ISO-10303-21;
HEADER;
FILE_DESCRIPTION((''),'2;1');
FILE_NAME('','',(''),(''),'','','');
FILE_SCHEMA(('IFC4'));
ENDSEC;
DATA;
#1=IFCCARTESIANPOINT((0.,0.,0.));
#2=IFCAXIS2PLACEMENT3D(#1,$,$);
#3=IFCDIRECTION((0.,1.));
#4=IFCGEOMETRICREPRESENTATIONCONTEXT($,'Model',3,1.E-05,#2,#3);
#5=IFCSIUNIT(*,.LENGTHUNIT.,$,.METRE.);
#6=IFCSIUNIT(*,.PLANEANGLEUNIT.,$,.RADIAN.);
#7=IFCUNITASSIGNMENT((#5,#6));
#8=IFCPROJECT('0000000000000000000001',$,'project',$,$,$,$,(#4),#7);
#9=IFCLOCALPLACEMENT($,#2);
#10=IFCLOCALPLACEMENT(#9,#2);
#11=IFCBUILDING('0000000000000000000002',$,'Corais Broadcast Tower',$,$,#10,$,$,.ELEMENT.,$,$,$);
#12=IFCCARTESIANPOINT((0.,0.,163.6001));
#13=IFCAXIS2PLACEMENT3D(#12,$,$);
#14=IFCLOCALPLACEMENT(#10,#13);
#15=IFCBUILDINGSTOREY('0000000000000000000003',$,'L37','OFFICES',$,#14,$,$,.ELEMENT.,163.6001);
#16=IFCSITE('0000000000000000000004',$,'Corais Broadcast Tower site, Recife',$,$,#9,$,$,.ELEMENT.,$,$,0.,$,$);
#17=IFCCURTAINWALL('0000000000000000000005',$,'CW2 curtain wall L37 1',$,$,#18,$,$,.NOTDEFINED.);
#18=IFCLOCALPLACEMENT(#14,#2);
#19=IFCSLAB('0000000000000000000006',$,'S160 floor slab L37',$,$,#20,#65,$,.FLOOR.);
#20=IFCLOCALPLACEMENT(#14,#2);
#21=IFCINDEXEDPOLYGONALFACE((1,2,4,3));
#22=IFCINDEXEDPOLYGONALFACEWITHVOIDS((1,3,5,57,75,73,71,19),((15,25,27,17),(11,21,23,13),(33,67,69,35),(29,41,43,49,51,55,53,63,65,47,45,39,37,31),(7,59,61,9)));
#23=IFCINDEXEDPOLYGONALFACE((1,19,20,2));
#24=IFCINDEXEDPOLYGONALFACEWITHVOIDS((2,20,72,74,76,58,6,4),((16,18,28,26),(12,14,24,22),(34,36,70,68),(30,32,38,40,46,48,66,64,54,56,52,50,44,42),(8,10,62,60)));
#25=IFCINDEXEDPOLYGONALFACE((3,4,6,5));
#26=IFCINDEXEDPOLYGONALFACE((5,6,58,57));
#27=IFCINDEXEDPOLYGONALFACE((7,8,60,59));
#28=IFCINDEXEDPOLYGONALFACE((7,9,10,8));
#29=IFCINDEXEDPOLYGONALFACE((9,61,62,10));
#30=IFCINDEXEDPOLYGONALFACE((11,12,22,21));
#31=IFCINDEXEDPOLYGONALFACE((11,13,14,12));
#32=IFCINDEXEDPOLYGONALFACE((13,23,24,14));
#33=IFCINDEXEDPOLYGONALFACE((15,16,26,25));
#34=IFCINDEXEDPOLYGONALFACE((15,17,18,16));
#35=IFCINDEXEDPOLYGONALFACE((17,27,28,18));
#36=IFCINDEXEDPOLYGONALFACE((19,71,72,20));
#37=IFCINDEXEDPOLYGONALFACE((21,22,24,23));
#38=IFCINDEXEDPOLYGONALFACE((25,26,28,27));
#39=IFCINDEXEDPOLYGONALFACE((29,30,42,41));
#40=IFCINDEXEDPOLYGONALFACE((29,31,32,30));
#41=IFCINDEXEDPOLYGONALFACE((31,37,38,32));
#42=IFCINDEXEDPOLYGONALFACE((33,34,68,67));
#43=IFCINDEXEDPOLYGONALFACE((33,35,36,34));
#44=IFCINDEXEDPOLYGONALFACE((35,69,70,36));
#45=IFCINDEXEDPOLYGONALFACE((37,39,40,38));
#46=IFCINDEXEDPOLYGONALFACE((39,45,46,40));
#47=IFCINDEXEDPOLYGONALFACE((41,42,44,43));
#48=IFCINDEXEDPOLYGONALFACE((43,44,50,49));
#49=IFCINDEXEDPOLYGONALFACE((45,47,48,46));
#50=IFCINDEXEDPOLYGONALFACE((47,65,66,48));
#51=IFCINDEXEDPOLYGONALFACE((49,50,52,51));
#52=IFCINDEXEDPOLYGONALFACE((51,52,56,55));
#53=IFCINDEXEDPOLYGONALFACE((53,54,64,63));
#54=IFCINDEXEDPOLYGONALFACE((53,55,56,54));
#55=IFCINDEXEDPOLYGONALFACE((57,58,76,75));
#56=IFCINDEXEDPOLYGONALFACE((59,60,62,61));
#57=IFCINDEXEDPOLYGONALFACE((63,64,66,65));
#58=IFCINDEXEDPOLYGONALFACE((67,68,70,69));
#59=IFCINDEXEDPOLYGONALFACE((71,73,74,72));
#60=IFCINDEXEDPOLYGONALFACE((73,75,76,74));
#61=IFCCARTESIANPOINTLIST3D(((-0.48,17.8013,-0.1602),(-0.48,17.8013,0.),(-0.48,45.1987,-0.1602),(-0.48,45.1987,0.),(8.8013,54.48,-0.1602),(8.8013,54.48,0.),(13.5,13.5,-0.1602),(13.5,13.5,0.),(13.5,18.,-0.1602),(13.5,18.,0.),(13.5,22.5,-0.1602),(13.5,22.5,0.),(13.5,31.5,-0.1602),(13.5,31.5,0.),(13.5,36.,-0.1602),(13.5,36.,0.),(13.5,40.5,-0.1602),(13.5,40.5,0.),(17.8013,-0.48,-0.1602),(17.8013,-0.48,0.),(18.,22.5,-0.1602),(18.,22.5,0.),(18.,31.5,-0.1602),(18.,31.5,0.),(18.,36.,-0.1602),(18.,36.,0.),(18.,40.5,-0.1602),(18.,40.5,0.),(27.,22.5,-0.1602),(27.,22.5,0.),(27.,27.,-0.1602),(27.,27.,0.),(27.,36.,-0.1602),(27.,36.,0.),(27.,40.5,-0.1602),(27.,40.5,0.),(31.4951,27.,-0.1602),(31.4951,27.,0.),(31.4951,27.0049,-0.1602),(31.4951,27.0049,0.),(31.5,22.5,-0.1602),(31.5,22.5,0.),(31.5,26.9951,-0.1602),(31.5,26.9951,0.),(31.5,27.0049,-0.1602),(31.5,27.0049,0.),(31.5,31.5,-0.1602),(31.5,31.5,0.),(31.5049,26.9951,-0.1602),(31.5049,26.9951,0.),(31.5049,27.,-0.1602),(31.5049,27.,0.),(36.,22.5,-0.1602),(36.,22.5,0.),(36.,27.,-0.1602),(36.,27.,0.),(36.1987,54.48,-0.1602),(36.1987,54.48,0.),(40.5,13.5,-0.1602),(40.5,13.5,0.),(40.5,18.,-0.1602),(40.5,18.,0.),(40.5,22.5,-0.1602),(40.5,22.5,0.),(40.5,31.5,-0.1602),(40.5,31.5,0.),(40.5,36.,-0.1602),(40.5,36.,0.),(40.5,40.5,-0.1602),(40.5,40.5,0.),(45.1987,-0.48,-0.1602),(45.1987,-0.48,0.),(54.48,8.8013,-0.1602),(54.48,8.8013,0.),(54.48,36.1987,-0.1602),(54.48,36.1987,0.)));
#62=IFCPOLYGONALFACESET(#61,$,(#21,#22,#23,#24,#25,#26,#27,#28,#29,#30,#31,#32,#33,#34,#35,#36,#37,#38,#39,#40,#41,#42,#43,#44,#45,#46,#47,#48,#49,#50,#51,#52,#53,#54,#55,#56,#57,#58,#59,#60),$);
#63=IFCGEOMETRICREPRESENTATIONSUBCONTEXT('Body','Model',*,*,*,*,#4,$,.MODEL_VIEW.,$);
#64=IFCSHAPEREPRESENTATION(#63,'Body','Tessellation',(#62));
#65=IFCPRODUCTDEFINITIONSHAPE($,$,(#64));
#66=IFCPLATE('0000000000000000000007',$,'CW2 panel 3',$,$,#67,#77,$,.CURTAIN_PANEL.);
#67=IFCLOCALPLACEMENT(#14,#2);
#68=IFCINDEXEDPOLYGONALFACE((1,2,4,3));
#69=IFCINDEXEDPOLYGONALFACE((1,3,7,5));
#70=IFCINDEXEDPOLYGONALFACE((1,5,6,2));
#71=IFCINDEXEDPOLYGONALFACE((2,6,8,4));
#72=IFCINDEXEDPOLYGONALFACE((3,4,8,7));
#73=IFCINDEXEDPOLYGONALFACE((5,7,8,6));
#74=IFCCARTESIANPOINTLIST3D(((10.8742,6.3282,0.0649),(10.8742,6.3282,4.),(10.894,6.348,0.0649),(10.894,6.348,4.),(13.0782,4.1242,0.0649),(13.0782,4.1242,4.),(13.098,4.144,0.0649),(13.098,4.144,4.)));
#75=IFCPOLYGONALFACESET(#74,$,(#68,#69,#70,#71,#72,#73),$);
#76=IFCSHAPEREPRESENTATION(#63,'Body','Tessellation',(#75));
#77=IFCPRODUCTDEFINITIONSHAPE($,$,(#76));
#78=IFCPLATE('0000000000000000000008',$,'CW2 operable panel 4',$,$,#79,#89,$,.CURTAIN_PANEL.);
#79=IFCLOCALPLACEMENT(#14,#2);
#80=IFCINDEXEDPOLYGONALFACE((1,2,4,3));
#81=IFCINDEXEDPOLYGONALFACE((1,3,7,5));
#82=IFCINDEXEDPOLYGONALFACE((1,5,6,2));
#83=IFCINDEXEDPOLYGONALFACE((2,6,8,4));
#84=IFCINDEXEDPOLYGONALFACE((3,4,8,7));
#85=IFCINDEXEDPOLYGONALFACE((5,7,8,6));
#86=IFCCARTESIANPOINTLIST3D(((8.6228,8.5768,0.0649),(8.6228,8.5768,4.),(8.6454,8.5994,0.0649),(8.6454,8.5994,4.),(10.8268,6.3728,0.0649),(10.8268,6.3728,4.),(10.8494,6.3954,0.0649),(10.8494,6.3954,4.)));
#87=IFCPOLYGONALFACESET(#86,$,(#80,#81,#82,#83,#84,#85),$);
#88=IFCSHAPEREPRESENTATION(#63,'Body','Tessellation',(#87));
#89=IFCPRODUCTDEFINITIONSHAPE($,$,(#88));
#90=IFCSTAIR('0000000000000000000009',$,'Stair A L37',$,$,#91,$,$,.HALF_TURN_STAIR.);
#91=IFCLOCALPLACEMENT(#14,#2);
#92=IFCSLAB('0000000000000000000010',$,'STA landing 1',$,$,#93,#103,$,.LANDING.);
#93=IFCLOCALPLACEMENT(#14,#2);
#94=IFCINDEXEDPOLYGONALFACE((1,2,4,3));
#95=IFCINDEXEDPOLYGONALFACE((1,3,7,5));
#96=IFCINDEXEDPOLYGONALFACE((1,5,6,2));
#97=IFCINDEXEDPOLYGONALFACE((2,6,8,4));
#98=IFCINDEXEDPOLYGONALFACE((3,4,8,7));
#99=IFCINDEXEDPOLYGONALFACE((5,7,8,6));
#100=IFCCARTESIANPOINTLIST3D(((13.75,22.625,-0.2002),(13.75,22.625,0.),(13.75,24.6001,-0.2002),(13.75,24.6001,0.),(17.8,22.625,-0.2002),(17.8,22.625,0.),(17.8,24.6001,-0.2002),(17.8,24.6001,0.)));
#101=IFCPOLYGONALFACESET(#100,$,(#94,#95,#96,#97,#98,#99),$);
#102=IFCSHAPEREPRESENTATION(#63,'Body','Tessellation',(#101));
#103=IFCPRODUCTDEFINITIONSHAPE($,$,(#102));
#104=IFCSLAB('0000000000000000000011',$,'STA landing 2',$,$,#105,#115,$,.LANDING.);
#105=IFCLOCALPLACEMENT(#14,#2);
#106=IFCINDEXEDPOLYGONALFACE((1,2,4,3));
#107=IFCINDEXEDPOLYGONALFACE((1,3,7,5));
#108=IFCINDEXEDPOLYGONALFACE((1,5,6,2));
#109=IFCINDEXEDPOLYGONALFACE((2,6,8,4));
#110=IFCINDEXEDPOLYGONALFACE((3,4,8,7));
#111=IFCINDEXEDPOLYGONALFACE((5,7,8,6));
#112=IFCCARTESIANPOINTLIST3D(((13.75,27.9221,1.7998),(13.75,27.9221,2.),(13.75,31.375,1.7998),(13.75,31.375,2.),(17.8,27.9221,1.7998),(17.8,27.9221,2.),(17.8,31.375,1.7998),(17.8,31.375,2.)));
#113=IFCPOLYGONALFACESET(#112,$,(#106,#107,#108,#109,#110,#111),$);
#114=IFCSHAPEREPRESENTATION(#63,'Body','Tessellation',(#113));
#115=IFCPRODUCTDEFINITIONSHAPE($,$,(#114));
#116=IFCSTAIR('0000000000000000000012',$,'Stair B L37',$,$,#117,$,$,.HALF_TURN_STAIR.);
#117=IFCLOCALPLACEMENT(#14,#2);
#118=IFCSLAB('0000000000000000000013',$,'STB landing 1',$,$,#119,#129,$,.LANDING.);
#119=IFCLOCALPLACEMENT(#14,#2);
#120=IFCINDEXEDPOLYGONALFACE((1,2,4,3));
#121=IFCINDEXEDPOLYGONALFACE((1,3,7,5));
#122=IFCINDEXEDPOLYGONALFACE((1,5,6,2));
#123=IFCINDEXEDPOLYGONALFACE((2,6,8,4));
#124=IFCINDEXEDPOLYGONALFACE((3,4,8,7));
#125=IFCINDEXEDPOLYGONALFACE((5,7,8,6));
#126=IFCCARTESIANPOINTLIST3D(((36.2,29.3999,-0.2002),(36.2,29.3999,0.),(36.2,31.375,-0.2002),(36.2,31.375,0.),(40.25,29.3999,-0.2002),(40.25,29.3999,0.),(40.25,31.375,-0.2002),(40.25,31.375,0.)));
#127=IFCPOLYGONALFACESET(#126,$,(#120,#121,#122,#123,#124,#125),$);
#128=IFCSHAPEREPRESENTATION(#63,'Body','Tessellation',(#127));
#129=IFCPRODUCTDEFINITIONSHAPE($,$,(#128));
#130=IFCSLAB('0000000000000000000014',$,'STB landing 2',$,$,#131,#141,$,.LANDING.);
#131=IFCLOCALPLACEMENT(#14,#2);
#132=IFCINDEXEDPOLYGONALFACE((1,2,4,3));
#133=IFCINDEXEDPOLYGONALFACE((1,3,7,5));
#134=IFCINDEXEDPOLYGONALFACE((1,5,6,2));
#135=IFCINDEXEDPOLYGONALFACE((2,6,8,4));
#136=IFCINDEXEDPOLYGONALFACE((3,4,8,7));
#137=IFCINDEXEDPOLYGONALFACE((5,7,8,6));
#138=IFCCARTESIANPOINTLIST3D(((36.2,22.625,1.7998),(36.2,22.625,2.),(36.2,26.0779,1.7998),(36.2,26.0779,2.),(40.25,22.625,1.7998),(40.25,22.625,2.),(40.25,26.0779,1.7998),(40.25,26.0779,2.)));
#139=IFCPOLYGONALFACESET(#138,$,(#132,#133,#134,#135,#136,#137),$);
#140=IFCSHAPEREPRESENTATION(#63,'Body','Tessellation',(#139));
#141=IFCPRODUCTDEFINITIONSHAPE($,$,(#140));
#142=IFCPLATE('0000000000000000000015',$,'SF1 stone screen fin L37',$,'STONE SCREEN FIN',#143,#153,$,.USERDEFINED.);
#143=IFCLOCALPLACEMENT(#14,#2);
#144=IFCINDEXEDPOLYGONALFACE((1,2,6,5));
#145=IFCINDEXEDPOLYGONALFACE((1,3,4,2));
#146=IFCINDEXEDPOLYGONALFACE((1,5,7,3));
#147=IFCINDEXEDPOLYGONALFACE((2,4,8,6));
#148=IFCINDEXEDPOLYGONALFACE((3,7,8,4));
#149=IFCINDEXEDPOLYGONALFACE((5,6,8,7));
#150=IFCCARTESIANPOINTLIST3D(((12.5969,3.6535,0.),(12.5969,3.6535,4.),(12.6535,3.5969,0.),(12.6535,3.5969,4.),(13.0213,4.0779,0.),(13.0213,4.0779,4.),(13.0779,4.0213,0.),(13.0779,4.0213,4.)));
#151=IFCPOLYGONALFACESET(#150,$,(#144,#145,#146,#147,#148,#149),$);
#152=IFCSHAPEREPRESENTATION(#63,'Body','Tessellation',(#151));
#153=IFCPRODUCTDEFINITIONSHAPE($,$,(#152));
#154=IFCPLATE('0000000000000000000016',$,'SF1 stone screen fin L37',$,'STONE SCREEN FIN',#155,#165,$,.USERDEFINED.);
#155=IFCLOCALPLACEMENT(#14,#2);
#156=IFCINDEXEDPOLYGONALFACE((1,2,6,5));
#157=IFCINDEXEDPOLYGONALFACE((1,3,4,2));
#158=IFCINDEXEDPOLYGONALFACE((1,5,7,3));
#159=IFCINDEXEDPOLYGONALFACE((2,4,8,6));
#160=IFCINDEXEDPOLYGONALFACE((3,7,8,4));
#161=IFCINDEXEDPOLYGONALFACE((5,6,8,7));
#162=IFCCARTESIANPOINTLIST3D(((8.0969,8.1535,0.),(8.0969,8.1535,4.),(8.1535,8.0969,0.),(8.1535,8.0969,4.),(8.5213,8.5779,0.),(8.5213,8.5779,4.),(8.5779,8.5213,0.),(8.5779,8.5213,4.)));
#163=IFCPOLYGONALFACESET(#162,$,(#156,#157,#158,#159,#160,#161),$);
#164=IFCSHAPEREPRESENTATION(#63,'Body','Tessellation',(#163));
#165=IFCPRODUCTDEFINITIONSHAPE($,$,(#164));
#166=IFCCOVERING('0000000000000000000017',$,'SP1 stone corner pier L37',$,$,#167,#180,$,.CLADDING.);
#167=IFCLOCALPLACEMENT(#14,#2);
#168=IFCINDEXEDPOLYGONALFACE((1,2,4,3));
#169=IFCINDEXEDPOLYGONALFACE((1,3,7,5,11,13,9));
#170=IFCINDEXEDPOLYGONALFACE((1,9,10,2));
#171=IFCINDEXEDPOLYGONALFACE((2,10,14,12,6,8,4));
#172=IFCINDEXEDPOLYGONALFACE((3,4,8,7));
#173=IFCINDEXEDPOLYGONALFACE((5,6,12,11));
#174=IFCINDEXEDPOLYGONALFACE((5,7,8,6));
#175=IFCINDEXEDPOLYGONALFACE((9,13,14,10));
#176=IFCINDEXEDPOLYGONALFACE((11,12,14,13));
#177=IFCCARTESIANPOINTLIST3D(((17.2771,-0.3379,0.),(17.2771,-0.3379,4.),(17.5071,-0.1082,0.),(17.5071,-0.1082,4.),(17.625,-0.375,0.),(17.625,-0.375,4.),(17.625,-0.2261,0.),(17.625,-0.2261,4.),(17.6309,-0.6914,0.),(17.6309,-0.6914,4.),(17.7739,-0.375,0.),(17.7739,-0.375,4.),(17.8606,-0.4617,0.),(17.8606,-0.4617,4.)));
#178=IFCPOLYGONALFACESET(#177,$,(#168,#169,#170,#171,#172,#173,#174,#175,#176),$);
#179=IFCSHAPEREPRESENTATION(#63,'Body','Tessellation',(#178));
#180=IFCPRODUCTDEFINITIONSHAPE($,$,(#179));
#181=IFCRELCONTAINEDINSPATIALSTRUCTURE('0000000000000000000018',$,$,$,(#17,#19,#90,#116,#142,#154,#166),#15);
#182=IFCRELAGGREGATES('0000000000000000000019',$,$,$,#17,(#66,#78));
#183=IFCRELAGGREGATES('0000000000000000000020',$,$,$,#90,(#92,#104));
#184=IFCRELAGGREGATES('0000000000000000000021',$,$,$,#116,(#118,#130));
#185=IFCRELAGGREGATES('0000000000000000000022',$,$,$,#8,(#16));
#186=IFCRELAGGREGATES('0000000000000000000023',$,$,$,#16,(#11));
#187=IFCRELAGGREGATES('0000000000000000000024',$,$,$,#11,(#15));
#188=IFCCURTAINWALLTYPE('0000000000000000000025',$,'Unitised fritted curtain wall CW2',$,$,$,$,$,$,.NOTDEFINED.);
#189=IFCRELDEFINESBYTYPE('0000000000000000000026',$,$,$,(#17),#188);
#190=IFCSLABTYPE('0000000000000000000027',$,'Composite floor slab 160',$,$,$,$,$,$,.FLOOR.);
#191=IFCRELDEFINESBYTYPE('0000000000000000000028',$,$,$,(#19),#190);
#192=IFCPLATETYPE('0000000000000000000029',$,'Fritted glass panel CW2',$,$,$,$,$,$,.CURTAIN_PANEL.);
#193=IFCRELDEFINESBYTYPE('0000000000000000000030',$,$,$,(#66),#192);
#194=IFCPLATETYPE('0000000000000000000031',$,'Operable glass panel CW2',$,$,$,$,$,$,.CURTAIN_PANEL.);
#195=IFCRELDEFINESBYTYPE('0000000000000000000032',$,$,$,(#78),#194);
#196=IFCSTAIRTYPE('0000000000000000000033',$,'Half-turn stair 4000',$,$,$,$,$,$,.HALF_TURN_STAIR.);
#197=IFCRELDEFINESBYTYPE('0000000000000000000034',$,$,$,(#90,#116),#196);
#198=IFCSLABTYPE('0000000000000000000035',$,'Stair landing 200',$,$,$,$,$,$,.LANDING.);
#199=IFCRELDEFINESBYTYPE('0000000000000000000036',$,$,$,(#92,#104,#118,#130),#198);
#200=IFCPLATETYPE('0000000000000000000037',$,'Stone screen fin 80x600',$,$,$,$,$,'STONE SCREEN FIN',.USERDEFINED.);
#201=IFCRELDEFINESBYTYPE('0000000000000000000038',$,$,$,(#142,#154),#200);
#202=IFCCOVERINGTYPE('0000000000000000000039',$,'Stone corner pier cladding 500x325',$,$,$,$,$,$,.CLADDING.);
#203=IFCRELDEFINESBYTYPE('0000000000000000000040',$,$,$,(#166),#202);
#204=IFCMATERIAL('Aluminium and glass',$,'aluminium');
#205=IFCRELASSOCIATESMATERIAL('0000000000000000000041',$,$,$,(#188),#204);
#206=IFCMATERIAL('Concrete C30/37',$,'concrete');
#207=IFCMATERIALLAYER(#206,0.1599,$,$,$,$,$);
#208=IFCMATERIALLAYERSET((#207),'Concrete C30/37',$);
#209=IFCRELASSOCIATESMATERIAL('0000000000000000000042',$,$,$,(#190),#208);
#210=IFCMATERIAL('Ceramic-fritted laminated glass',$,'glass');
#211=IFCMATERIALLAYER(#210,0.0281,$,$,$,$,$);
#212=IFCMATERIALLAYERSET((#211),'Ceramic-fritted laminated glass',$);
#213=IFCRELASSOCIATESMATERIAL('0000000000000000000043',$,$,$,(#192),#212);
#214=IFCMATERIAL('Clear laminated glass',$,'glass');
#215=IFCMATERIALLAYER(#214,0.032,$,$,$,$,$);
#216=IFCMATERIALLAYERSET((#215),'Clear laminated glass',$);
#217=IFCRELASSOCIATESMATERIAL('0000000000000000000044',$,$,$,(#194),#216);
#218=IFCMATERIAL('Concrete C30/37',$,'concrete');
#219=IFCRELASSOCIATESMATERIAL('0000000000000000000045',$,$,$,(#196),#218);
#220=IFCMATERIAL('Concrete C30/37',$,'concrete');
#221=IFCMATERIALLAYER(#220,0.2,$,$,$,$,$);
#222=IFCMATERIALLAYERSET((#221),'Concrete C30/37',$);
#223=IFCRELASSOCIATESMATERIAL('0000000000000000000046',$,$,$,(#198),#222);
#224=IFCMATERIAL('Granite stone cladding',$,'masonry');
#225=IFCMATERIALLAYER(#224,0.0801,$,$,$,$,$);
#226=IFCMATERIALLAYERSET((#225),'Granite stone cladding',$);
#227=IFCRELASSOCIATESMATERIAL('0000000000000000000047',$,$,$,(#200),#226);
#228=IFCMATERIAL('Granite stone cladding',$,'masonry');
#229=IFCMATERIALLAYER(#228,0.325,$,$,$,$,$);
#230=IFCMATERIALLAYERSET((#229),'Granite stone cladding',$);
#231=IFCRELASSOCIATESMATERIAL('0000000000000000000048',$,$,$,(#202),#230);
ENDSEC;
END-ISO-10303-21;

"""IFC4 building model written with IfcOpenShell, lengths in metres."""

from ifc_helpers import new_model, si_unit, direction, frame, origin, origin_2d, place, context, subcontext, project, spatial, polyline, rectangle, outline, extrude, material, layer, layer_set, type_object, element, aggregate, save


model = new_model("IFC4")

# Units and contexts
model_context = context("Model", 3, precision=1e-05, world=origin(), true_north=direction((0.0, 1.0)))
body_context = subcontext(model_context, "Body", "Model", "MODEL_VIEW")
ifc_project = project(units=[si_unit("LENGTHUNIT", "METRE"), si_unit("PLANEANGLEUNIT", "RADIAN")], contexts=[model_context])

# Site, building, storey
site_placement = place(None, origin())
site = spatial("IfcSite", under=ifc_project, at=site_placement, Name="Corais Broadcast Tower site, Recife", CompositionType="ELEMENT", RefElevation=0.0)
building_placement = place(site_placement, origin())
building = spatial("IfcBuilding", under=site, at=building_placement, Name="Corais Broadcast Tower", CompositionType="ELEMENT")
storey_placement = place(building_placement, frame((0.0, 0.0, 163.6001)))
storey = spatial("IfcBuildingStorey", under=building, at=storey_placement, Name="L37", Description="OFFICES", CompositionType="ELEMENT", Elevation=163.6001)

# Curtain wall
ifc_material_1 = material(Name="Aluminium and glass", Category="aluminium")
curtain_wall_type = type_object("IfcCurtainWallType", Name="Unitised fritted curtain wall CW2", PredefinedType="NOTDEFINED", material=ifc_material_1)
curtain_wall_placement = place(storey_placement, origin())
curtain_wall = element("IfcCurtainWall", 1, at=curtain_wall_placement, inside=storey, type_object=curtain_wall_type, Name="CW2 curtain wall L37 1", PredefinedType="NOTDEFINED")

# Slab
ifc_material_2 = material(Name="Concrete C30/37", Category="concrete")
ifc_layer_1 = layer(ifc_material_2, 0.1599)
ifc_layer_set_1 = layer_set([ifc_layer_1], Name="Concrete C30/37")
slab_type_1 = type_object("IfcSlabType", Name="Composite floor slab 160", PredefinedType="FLOOR", material=ifc_layer_set_1)
slab_1_placement = place(storey_placement, frame((0.0, 0.0, -0.1602)))
element("IfcSlab", 2, at=slab_1_placement, inside=storey, type_object=slab_type_1, Name="S160 floor slab L37", PredefinedType="FLOOR", context=body_context, shape_type="SweptSolid", body=[
    extrude(outline(polyline([(17.8013, -0.48), (-0.48, 17.8013), (-0.48, 45.1987), (8.8013, 54.48), (36.1987, 54.48), (54.48, 36.1987), (54.48, 8.8013), (45.1987, -0.48), (17.8013, -0.48)]), holes=[polyline([(13.5, 18.0), (40.5, 18.0), (40.5, 13.5), (13.5, 13.5), (13.5, 18.0)]), polyline([(18.0, 22.5), (13.5, 22.5), (13.5, 31.5), (18.0, 31.5), (18.0, 22.5)]), polyline([(18.0, 36.0), (13.5, 36.0), (13.5, 40.5), (18.0, 40.5), (18.0, 36.0)]), polyline([(31.5, 22.5), (27.0, 22.5), (27.0, 27.0), (31.4951, 27.0), (31.4951, 27.0049), (31.5, 27.0049), (31.5, 31.5), (40.5, 31.5), (40.5, 22.5), (36.0, 22.5), (36.0, 27.0), (31.5049, 27.0), (31.5049, 26.9951), (31.5, 26.9951), (31.5, 22.5)]), polyline([(27.0, 40.5), (40.5, 40.5), (40.5, 36.0), (27.0, 36.0), (27.0, 40.5)])]), origin(), (0.0, 0.0, 1.0), 0.1602),
])

# Plates
ifc_material_3 = material(Name="Ceramic-fritted laminated glass", Category="glass")
ifc_layer_2 = layer(ifc_material_3, 0.0281)
ifc_layer_set_2 = layer_set([ifc_layer_2], Name="Ceramic-fritted laminated glass")
plate_type_1 = type_object("IfcPlateType", Name="Fritted glass panel CW2", PredefinedType="CURTAIN_PANEL", material=ifc_layer_set_2)
plate_1_placement = place(storey_placement, frame((11.9861, 5.2361, 0.0649), z_axis=(0.0, 0.0, 1.0), x_axis=(-0.707107, 0.707107, 0.0)))
plate_1 = element("IfcPlate", 3, at=plate_1_placement, type_object=plate_type_1, Name="CW2 panel 3", PredefinedType="CURTAIN_PANEL", context=body_context, shape_type="SweptSolid", body=[
    extrude(rectangle(XDim=3.1169, YDim=0.0281, at=origin_2d()), origin(), (0.0, 0.0, 1.0), 3.9351),
])
ifc_material_4 = material(Name="Clear laminated glass", Category="glass")
ifc_layer_3 = layer(ifc_material_4, 0.032)
ifc_layer_set_3 = layer_set([ifc_layer_3], Name="Clear laminated glass")
plate_type_2 = type_object("IfcPlateType", Name="Operable glass panel CW2", PredefinedType="CURTAIN_PANEL", material=ifc_layer_set_3)
plate_2_placement = place(storey_placement, frame((9.7361, 7.4861, 0.0649), z_axis=(0.0, 0.0, 1.0), x_axis=(-0.707107, 0.707107, 0.0)))
plate_2 = element("IfcPlate", 4, at=plate_2_placement, type_object=plate_type_2, Name="CW2 operable panel 4", PredefinedType="CURTAIN_PANEL", context=body_context, shape_type="SweptSolid", body=[
    extrude(rectangle(XDim=3.1169, YDim=0.032, at=origin_2d()), origin(), (0.0, 0.0, 1.0), 3.9351),
])
aggregate(curtain_wall, [plate_1, plate_2])

# Stairs, slabs
ifc_material_5 = material(Name="Concrete C30/37", Category="concrete")
stair_type = type_object("IfcStairType", Name="Half-turn stair 4000", PredefinedType="HALF_TURN_STAIR", material=ifc_material_5)
stair_1_placement = place(storey_placement, origin())
stair_1 = element("IfcStair", 5, at=stair_1_placement, inside=storey, type_object=stair_type, Name="Stair A L37", PredefinedType="HALF_TURN_STAIR")
ifc_material_6 = material(Name="Concrete C30/37", Category="concrete")
ifc_layer_4 = layer(ifc_material_6, 0.2)
ifc_layer_set_4 = layer_set([ifc_layer_4], Name="Concrete C30/37")
slab_type_2 = type_object("IfcSlabType", Name="Stair landing 200", PredefinedType="LANDING", material=ifc_layer_set_4)
slab_2_placement = place(storey_placement, frame((0.0, 0.0, -0.2002)))
slab_2 = element("IfcSlab", 6, at=slab_2_placement, type_object=slab_type_2, Name="STA landing 1", PredefinedType="LANDING", context=body_context, shape_type="SweptSolid", body=[
    extrude(outline(polyline([(13.75, 22.625), (17.8, 22.625), (17.8, 24.6001), (13.75, 24.6001), (13.75, 22.625)])), origin(), (0.0, 0.0, 1.0), 0.2002),
])
slab_3_placement = place(storey_placement, frame((0.0, 0.0, 1.7998)))
slab_3 = element("IfcSlab", 7, at=slab_3_placement, type_object=slab_type_2, Name="STA landing 2", PredefinedType="LANDING", context=body_context, shape_type="SweptSolid", body=[
    extrude(outline(polyline([(13.75, 27.9221), (17.8, 27.9221), (17.8, 31.375), (13.75, 31.375), (13.75, 27.9221)])), origin(), (0.0, 0.0, 1.0), 0.2002),
])
aggregate(stair_1, [slab_2, slab_3])
stair_2_placement = place(storey_placement, origin())
stair_2 = element("IfcStair", 8, at=stair_2_placement, inside=storey, type_object=stair_type, Name="Stair B L37", PredefinedType="HALF_TURN_STAIR")
slab_4_placement = place(storey_placement, frame((0.0, 0.0, -0.2002)))
slab_4 = element("IfcSlab", 9, at=slab_4_placement, type_object=slab_type_2, Name="STB landing 1", PredefinedType="LANDING", context=body_context, shape_type="SweptSolid", body=[
    extrude(outline(polyline([(36.2, 29.3999), (40.25, 29.3999), (40.25, 31.375), (36.2, 31.375), (36.2, 29.3999)])), origin(), (0.0, 0.0, 1.0), 0.2002),
])
slab_5_placement = place(storey_placement, frame((0.0, 0.0, 1.7998)))
slab_5 = element("IfcSlab", 10, at=slab_5_placement, type_object=slab_type_2, Name="STB landing 2", PredefinedType="LANDING", context=body_context, shape_type="SweptSolid", body=[
    extrude(outline(polyline([(36.2, 22.625), (40.25, 22.625), (40.25, 26.0779), (36.2, 26.0779), (36.2, 22.625)])), origin(), (0.0, 0.0, 1.0), 0.2002),
])
aggregate(stair_2, [slab_4, slab_5])

# Plates
ifc_material_7 = material(Name="Granite stone cladding", Category="masonry")
ifc_layer_5 = layer(ifc_material_7, 0.0801)
ifc_layer_set_5 = layer_set([ifc_layer_5], Name="Granite stone cladding")
plate_type_3 = type_object("IfcPlateType", Name="Stone screen fin 80x600", ElementType="STONE SCREEN FIN", PredefinedType="USERDEFINED", material=ifc_layer_set_5)
for number, where, z_axis, x_axis, name in (
    (11, (12.8374, 3.8374, 0.0), (0.0, 0.0, 1.0), (-0.707107, 0.707107, 0.0), "SF1 stone screen fin L37"),
    (12, (8.3374, 8.3374, 0.0), (0.0, 0.0, 1.0), (-0.707107, 0.707107, 0.0), "SF1 stone screen fin L37"),
):
    element("IfcPlate", number, at=place(storey_placement, frame(where, z_axis=z_axis, x_axis=x_axis)), inside=storey, type_object=plate_type_3, Name=name, ObjectType="STONE SCREEN FIN", PredefinedType="USERDEFINED", context=body_context, shape_type="SweptSolid", body=[
        extrude(rectangle(XDim=0.0801, YDim=0.6001, at=origin_2d()), origin(), (0.0, 0.0, 1.0), 4.0),
    ])

# Covering
ifc_material_8 = material(Name="Granite stone cladding", Category="masonry")
ifc_layer_6 = layer(ifc_material_8, 0.325)
ifc_layer_set_6 = layer_set([ifc_layer_6], Name="Granite stone cladding")
covering_type_1 = type_object("IfcCoveringType", Name="Stone corner pier cladding 500x325", PredefinedType="CLADDING", material=ifc_layer_set_6)
covering_1_placement = place(storey_placement, origin())
element("IfcCovering", 13, at=covering_1_placement, inside=storey, type_object=covering_type_1, Name="SP1 stone corner pier L37", PredefinedType="CLADDING", context=body_context, shape_type="SweptSolid", body=[
    extrude(outline(polyline([(17.8606, -0.4617), (17.7739, -0.375), (17.625, -0.375), (17.625, -0.2261), (17.5071, -0.1082), (17.2771, -0.3379), (17.6309, -0.6914), (17.8606, -0.4617)])), origin(), (0.0, 0.0, 1.0), 4.0),
])

save(model, "model.ifc")
